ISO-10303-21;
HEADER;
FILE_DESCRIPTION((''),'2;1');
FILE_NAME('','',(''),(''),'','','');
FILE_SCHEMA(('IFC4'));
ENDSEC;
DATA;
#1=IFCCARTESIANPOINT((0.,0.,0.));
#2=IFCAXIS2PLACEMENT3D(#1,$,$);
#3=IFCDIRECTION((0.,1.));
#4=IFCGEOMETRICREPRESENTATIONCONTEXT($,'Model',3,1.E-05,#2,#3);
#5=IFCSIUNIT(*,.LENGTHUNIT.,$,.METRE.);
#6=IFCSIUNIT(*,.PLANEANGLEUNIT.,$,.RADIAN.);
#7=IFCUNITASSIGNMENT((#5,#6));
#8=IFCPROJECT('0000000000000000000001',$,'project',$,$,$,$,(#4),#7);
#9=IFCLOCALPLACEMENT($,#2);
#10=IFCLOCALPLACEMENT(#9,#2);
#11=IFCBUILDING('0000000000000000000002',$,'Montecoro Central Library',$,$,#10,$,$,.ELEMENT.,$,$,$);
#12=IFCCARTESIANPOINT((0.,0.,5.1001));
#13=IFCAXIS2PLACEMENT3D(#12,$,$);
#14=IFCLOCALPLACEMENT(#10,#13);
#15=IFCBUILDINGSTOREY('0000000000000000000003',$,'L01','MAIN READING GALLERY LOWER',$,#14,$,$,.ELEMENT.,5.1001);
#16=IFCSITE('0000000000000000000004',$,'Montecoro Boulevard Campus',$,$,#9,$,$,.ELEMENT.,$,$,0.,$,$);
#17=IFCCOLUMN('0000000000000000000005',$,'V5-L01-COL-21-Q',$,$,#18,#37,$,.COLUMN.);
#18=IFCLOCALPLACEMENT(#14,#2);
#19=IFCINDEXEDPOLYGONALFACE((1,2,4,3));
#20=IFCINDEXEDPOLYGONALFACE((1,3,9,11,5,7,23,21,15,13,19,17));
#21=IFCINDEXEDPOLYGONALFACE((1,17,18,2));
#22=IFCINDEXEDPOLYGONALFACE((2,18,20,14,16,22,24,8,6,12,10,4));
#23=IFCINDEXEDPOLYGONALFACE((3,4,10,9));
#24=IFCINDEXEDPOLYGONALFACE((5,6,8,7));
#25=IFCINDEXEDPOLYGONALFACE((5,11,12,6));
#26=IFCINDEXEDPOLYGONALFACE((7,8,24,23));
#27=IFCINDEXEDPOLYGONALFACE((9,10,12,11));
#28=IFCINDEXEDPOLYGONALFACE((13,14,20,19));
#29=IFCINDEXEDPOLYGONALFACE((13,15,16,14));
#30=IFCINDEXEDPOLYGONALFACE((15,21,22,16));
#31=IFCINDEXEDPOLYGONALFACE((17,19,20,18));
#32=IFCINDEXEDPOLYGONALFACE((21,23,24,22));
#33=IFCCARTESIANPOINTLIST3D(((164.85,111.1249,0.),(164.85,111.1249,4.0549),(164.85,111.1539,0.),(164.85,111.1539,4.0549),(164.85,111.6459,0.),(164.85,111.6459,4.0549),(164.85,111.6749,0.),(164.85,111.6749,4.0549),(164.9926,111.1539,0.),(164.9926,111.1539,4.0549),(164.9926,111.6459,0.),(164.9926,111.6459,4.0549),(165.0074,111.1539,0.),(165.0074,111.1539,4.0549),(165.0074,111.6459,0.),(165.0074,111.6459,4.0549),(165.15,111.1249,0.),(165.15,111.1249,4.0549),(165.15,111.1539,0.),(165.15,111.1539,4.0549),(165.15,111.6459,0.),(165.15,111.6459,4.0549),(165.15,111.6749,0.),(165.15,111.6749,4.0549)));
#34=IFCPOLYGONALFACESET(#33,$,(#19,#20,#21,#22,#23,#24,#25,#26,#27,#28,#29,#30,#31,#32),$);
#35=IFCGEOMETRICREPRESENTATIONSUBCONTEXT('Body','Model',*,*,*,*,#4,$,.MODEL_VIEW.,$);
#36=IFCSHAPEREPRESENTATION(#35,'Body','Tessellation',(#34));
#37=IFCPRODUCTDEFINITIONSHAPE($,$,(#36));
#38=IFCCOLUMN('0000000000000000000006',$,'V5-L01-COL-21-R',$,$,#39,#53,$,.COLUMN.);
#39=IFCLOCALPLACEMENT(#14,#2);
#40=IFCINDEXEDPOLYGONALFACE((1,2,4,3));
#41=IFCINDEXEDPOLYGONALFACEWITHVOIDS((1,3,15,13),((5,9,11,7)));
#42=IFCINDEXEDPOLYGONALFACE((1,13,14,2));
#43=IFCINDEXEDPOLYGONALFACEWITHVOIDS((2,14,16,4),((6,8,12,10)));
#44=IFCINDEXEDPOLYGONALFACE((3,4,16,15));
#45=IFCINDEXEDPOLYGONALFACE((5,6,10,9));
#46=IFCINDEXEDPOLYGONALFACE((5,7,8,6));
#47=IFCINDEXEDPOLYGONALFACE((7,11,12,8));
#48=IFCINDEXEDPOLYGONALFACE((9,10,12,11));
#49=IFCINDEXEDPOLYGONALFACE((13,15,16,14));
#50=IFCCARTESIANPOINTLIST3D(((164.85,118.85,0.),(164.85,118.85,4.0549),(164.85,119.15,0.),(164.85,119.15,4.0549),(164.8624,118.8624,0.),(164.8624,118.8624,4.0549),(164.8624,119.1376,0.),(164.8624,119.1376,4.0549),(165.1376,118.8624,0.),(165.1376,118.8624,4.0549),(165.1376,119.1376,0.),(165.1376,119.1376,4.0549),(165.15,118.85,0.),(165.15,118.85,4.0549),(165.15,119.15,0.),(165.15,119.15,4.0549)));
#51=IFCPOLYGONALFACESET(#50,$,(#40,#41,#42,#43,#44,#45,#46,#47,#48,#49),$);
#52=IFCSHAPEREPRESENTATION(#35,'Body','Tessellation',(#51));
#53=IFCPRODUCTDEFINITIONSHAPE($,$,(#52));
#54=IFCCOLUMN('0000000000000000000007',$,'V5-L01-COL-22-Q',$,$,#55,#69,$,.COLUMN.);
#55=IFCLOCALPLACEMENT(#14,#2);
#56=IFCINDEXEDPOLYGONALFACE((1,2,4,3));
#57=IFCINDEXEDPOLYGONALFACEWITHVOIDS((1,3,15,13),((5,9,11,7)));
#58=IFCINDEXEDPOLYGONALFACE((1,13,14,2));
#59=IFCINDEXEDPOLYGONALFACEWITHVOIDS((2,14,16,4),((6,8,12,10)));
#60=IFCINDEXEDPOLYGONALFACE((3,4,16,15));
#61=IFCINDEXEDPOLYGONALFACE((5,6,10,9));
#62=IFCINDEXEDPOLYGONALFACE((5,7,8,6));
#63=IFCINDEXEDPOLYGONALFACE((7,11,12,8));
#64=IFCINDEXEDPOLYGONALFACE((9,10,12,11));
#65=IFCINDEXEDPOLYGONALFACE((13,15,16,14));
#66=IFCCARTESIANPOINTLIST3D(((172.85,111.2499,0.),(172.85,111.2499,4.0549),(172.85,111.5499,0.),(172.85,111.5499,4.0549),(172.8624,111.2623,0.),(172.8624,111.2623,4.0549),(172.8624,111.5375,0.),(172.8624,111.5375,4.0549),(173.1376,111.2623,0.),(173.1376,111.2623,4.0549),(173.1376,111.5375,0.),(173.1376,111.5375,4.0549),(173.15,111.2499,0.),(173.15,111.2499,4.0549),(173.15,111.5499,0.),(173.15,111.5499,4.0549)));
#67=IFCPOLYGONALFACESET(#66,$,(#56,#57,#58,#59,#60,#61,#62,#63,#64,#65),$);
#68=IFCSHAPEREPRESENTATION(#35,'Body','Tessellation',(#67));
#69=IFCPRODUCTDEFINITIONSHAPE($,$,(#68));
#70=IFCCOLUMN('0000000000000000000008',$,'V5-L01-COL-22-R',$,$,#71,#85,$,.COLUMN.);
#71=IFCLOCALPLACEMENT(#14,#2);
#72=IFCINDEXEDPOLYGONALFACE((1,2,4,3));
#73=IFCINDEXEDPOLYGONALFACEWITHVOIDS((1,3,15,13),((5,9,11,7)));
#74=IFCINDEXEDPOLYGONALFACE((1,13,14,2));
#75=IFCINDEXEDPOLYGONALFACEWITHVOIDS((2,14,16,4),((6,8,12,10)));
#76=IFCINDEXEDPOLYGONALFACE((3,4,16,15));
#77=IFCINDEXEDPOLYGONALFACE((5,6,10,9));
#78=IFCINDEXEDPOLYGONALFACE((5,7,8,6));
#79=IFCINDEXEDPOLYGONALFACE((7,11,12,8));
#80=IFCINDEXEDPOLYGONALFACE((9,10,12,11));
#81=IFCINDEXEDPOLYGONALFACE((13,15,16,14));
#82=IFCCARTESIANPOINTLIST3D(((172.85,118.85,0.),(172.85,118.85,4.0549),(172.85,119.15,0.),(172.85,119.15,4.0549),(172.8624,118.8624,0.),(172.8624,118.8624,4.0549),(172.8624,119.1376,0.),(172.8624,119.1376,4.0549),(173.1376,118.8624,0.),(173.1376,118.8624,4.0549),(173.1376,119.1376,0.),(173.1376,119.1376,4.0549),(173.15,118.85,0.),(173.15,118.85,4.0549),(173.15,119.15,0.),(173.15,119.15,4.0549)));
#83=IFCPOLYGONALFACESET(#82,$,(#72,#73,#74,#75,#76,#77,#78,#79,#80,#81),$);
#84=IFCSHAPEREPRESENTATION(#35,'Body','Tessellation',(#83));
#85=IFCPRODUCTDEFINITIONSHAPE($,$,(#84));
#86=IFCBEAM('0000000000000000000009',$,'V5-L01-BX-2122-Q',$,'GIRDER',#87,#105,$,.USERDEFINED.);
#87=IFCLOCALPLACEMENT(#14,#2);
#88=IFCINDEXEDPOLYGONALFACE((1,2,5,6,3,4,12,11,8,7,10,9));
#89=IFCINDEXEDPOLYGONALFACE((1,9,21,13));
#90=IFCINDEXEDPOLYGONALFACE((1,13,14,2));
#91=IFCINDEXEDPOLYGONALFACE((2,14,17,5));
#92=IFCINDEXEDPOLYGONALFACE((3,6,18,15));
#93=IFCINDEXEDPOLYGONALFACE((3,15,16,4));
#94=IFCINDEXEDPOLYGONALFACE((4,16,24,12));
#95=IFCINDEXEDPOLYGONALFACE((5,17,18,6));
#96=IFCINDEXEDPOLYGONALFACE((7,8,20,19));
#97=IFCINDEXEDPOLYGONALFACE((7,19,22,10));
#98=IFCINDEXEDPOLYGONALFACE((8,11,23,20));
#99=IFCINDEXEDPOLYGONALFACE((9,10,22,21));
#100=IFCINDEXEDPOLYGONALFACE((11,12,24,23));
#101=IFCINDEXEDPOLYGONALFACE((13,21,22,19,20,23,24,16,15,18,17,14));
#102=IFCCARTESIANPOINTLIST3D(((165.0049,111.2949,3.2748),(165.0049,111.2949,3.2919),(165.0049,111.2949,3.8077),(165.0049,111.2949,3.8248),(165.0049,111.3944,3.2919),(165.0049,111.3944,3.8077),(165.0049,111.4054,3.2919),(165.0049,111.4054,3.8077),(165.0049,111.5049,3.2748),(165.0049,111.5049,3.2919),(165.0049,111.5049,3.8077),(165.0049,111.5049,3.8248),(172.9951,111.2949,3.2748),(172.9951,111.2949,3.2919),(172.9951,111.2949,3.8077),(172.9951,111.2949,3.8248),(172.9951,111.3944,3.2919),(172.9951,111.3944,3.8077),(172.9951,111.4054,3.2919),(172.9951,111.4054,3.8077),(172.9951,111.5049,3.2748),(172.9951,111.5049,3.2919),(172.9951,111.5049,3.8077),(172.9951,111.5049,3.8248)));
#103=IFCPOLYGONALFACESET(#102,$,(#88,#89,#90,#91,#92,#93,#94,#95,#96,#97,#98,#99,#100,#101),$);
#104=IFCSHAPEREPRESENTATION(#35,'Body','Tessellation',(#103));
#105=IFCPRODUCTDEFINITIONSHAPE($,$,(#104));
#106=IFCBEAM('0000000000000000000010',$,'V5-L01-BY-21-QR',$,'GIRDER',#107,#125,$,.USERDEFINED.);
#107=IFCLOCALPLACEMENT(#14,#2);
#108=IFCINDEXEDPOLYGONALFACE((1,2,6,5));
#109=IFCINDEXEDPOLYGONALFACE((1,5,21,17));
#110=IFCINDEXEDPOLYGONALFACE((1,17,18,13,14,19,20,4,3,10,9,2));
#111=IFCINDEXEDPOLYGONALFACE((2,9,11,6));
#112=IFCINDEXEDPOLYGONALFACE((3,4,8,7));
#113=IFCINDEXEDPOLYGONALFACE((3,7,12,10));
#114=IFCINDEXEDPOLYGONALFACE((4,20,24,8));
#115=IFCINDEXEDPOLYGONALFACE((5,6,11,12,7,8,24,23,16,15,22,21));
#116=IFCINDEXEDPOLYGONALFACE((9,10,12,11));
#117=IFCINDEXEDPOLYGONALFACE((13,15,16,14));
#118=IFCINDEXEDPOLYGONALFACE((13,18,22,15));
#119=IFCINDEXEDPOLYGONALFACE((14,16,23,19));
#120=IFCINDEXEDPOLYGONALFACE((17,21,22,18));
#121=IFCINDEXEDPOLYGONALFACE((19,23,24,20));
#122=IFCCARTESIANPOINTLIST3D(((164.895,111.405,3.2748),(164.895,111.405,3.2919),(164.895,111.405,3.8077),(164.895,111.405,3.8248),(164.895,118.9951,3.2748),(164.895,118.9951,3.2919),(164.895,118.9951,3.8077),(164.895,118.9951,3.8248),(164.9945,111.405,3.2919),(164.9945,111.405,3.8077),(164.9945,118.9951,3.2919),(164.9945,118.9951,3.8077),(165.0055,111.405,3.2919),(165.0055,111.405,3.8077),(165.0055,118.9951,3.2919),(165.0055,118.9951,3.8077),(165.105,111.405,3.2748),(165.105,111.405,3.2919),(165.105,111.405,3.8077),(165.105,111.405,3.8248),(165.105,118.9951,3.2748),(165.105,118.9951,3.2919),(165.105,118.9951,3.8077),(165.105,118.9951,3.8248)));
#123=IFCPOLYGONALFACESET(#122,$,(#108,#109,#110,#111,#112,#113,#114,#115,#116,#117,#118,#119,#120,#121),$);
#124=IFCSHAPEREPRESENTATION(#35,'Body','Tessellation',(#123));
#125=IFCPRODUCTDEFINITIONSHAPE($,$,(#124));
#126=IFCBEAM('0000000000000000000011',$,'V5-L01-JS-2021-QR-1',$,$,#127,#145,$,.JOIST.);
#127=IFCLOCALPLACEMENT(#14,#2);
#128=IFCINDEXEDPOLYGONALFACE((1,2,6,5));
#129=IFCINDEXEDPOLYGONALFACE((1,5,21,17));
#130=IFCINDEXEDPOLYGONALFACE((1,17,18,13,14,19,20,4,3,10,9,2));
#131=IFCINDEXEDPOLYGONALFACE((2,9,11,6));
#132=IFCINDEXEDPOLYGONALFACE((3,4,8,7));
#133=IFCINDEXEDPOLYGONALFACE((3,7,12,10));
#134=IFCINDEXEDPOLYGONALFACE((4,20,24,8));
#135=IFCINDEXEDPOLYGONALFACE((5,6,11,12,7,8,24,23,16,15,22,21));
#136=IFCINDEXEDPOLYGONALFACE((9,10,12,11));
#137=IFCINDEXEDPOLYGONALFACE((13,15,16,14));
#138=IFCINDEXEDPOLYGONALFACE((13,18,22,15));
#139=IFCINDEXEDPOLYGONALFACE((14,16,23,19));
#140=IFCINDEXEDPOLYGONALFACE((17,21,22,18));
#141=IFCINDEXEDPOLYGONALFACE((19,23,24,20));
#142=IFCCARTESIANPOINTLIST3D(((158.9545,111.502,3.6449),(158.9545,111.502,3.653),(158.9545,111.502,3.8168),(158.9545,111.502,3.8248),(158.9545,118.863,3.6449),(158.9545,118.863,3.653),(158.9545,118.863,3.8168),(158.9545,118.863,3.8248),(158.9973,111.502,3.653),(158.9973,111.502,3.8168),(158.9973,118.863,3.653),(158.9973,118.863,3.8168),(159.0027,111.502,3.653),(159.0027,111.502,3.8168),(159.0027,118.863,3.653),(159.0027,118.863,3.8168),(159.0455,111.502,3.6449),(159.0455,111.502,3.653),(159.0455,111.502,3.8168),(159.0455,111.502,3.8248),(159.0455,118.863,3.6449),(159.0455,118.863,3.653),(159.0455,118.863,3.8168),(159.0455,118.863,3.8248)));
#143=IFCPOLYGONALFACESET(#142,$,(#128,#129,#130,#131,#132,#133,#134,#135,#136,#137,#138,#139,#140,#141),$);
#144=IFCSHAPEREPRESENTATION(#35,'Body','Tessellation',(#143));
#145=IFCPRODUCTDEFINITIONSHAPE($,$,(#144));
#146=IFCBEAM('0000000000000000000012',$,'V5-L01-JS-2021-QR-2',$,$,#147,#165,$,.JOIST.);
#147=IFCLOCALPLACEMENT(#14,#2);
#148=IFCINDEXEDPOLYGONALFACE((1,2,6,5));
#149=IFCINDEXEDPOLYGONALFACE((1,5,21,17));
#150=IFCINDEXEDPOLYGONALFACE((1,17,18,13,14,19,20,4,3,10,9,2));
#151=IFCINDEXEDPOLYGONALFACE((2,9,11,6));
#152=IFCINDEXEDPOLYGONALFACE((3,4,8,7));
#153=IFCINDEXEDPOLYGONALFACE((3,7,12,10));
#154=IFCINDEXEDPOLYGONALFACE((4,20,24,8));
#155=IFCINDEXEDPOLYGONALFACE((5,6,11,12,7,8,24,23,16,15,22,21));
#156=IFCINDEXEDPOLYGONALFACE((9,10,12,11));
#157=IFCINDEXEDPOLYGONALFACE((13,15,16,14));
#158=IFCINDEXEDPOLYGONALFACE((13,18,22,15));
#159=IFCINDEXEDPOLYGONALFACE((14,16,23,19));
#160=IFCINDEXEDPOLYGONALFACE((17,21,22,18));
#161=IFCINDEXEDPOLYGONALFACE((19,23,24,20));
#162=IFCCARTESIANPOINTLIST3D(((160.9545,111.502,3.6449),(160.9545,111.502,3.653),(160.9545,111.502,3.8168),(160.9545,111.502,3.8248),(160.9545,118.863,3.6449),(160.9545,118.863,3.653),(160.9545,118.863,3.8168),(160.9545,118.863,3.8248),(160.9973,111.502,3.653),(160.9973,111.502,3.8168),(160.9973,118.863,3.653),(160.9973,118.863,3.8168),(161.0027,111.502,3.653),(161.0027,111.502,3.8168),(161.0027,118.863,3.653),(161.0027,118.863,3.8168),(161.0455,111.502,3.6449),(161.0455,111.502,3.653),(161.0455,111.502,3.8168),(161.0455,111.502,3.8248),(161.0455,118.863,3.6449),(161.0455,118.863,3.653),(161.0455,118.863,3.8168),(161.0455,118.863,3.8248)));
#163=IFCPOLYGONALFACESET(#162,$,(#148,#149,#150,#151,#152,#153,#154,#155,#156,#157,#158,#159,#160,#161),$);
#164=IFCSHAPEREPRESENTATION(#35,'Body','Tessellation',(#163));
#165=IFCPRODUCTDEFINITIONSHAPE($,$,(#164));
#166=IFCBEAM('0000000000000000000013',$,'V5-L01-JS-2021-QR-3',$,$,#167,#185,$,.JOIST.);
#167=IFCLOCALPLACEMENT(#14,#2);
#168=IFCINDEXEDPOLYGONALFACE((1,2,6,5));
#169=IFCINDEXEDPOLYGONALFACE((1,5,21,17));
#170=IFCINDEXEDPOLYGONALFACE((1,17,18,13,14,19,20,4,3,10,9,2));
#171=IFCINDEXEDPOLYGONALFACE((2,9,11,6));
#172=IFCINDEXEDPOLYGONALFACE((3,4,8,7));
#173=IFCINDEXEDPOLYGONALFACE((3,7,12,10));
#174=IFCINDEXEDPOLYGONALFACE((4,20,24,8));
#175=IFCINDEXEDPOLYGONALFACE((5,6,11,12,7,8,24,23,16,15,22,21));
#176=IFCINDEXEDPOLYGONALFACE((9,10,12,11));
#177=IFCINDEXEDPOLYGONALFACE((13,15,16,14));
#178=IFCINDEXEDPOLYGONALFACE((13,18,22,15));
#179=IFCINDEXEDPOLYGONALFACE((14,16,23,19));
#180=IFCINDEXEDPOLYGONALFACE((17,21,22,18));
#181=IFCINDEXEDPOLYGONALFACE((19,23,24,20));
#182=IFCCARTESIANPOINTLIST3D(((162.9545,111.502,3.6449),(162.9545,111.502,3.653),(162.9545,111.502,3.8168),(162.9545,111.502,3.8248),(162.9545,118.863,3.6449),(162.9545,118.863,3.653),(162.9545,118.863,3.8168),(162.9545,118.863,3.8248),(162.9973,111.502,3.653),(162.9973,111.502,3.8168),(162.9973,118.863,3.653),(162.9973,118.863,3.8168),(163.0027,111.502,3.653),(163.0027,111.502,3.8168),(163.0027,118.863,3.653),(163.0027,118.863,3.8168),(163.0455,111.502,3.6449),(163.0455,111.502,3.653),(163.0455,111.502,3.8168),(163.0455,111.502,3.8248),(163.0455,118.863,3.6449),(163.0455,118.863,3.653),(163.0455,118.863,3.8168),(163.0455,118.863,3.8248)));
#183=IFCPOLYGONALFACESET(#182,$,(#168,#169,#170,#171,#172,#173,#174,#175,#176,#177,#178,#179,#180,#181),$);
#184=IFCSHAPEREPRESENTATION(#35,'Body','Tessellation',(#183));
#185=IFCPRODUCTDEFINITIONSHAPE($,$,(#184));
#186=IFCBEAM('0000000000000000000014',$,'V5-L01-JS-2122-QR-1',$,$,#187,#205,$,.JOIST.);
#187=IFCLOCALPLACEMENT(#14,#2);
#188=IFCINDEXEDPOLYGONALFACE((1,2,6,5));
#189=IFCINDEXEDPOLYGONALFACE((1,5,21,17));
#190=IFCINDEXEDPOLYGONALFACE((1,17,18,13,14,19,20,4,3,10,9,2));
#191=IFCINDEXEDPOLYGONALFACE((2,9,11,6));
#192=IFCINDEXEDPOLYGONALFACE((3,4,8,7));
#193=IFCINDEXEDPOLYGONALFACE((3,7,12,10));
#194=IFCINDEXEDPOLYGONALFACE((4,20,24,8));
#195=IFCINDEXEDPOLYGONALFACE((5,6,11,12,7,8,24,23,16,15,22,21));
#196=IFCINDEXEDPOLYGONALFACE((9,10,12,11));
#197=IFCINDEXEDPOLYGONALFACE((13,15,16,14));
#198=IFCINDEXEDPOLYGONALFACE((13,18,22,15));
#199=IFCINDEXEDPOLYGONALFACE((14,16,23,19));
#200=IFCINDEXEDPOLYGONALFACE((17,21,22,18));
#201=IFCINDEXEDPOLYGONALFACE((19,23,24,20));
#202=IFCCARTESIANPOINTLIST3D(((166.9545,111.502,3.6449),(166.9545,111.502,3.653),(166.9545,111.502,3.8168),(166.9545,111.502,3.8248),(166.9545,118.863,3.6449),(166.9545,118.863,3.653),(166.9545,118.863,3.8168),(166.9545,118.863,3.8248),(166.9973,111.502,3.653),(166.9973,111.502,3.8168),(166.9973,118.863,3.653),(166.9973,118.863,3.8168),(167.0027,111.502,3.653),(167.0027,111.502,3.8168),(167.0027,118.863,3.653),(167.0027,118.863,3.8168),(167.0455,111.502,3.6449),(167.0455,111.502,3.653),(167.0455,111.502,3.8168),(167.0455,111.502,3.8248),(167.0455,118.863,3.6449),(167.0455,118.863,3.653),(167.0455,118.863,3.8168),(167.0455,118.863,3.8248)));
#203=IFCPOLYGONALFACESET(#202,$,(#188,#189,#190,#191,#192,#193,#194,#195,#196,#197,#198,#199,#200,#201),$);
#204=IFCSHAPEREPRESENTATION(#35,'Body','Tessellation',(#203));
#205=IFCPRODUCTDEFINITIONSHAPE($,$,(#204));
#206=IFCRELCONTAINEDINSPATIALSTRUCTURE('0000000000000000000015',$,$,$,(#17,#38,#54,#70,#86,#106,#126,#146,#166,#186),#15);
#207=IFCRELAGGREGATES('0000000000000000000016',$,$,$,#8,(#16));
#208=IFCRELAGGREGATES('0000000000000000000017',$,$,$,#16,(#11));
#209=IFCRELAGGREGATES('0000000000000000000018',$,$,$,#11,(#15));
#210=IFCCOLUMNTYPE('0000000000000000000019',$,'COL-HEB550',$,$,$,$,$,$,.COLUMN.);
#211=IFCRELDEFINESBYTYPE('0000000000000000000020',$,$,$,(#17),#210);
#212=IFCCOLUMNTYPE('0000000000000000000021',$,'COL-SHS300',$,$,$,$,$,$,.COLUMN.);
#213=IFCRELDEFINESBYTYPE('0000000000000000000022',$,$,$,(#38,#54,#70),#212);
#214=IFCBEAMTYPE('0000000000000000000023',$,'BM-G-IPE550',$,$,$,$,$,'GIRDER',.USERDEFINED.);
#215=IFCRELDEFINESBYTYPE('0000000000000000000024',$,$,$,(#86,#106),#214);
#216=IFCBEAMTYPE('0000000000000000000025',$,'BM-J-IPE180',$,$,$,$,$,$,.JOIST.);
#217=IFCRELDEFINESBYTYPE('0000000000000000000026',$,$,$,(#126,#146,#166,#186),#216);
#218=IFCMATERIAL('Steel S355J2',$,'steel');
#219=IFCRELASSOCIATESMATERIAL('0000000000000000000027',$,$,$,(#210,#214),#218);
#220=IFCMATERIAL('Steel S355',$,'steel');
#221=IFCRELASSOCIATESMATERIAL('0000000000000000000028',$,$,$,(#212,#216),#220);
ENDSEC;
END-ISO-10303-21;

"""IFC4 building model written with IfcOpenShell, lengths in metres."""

from ifc_helpers import new_model, si_unit, direction, frame, origin, origin_2d, place, context, subcontext, project, spatial, hollow_rectangle, i_section, extrude, material, material_profile, profile_set, type_object, element, save


model = new_model("IFC4")

# Units and contexts
model_context = context("Model", 3, precision=1e-05, world=origin(), true_north=direction((0.0, 1.0)))
body_context = subcontext(model_context, "Body", "Model", "MODEL_VIEW")
ifc_project = project(units=[si_unit("LENGTHUNIT", "METRE"), si_unit("PLANEANGLEUNIT", "RADIAN")], contexts=[model_context])

# Site, building, storey
site_placement = place(None, origin())
site = spatial("IfcSite", under=ifc_project, at=site_placement, Name="Montecoro Boulevard Campus", CompositionType="ELEMENT", RefElevation=0.0)
building_placement = place(site_placement, origin())
building = spatial("IfcBuilding", under=site, at=building_placement, Name="Montecoro Central Library", CompositionType="ELEMENT")
storey_placement = place(building_placement, frame((0.0, 0.0, 5.1001)))
storey = spatial("IfcBuildingStorey", under=building, at=storey_placement, Name="L01", Description="MAIN READING GALLERY LOWER", CompositionType="ELEMENT", Elevation=5.1001)

# Columns
ifc_material_1 = material(Name="Steel S355J2", Category="steel")
ifc_material_profile_1 = material_profile(ifc_material_1, i_section(OverallWidth=0.3, OverallDepth=0.55, WebThickness=0.0149, FlangeThickness=0.0291, at=origin_2d()), Name="HEB 550")
ifc_profile_set_1 = profile_set([ifc_material_profile_1], Name="Steel S355J2")
column_type_1 = type_object("IfcColumnType", Name="COL-HEB550", PredefinedType="COLUMN", material=ifc_profile_set_1)
column_placement = place(storey_placement, frame((165.0, 111.3999, 0.0), z_axis=(0.0, 0.0, 1.0), x_axis=(1.0, 0.0, 0.0)))
element("IfcColumn", 1, at=column_placement, inside=storey, type_object=column_type_1, Name="V5-L01-COL-21-Q", PredefinedType="COLUMN", context=body_context, shape_type="SweptSolid", body=[
    extrude(i_section(OverallWidth=0.3, OverallDepth=0.55, WebThickness=0.0149, FlangeThickness=0.0291, at=origin_2d()), origin(), (0.0, 0.0, 1.0), 4.0549),
])
ifc_material_2 = material(Name="Steel S355", Category="steel")
ifc_material_profile_2 = material_profile(ifc_material_2, hollow_rectangle(XDim=0.3, YDim=0.3, WallThickness=0.0125, at=origin_2d()), Name="SHS 300x300x12.5")
ifc_profile_set_2 = profile_set([ifc_material_profile_2], Name="Steel S355")
column_type_2 = type_object("IfcColumnType", Name="COL-SHS300", PredefinedType="COLUMN", material=ifc_profile_set_2)
for number, where, z_axis, x_axis, name in (
    (2, (165.0, 119.0, 0.0), (0.0, 0.0, 1.0), (1.0, 0.0, 0.0), "V5-L01-COL-21-R"),
    (3, (173.0, 111.3999, 0.0), (0.0, 0.0, 1.0), (1.0, 0.0, 0.0), "V5-L01-COL-22-Q"),
    (4, (173.0, 119.0, 0.0), (0.0, 0.0, 1.0), (1.0, 0.0, 0.0), "V5-L01-COL-22-R"),
):
    element("IfcColumn", number, at=place(storey_placement, frame(where, z_axis=z_axis, x_axis=x_axis)), inside=storey, type_object=column_type_2, Name=name, PredefinedType="COLUMN", context=body_context, shape_type="SweptSolid", body=[
        extrude(hollow_rectangle(XDim=0.3, YDim=0.3, WallThickness=0.0125, at=origin_2d()), origin(), (0.0, 0.0, 1.0), 4.0549),
    ])

# Beams
ifc_material_profile_3 = material_profile(ifc_material_1, i_section(OverallWidth=0.21, OverallDepth=0.55, WebThickness=0.011, FlangeThickness=0.0171, at=origin_2d()), Name="IPE 550")
ifc_profile_set_3 = profile_set([ifc_material_profile_3], Name="Steel S355J2")
beam_type_1 = type_object("IfcBeamType", Name="BM-G-IPE550", ElementType="GIRDER", PredefinedType="USERDEFINED", material=ifc_profile_set_3)
beam_1_placement = place(storey_placement, frame((165.0049, 111.3999, 3.5498), z_axis=(1.0, 0.0, 0.0), x_axis=(0.0, 1.0, 0.0)))
element("IfcBeam", 5, at=beam_1_placement, inside=storey, type_object=beam_type_1, Name="V5-L01-BX-2122-Q", ObjectType="GIRDER", PredefinedType="USERDEFINED", context=body_context, shape_type="SweptSolid", body=[
    extrude(i_section(OverallWidth=0.21, OverallDepth=0.55, WebThickness=0.011, FlangeThickness=0.0171, at=origin_2d()), origin(), (0.0, 0.0, 1.0), 7.9902),
])
beam_2_placement = place(storey_placement, frame((165.0, 111.405, 3.5498), z_axis=(0.0, 1.0, 0.0), x_axis=(-1.0, 0.0, 0.0)))
element("IfcBeam", 6, at=beam_2_placement, inside=storey, type_object=beam_type_1, Name="V5-L01-BY-21-QR", ObjectType="GIRDER", PredefinedType="USERDEFINED", context=body_context, shape_type="SweptSolid", body=[
    extrude(i_section(OverallWidth=0.21, OverallDepth=0.55, WebThickness=0.011, FlangeThickness=0.0171, at=origin_2d()), origin(), (0.0, 0.0, 1.0), 7.5901),
])
ifc_material_profile_4 = material_profile(ifc_material_2, i_section(OverallWidth=0.0911, OverallDepth=0.1799, WebThickness=0.0054, FlangeThickness=0.0081, at=origin_2d()), Name="IPE 180")
ifc_profile_set_4 = profile_set([ifc_material_profile_4], Name="Steel S355")
beam_type_2 = type_object("IfcBeamType", Name="BM-J-IPE180", PredefinedType="JOIST", material=ifc_profile_set_4)
for number, where, z_axis, x_axis, name in (
    (7, (159.0, 111.502, 3.7349), (0.0, 1.0, 0.0), (-1.0, 0.0, 0.0), "V5-L01-JS-2021-QR-1"),
    (8, (161.0, 111.502, 3.7349), (0.0, 1.0, 0.0), (-1.0, 0.0, 0.0), "V5-L01-JS-2021-QR-2"),
    (9, (163.0, 111.502, 3.7349), (0.0, 1.0, 0.0), (-1.0, 0.0, 0.0), "V5-L01-JS-2021-QR-3"),
    (10, (167.0, 111.502, 3.7349), (0.0, 1.0, 0.0), (-1.0, 0.0, 0.0), "V5-L01-JS-2122-QR-1"),
):
    element("IfcBeam", number, at=place(storey_placement, frame(where, z_axis=z_axis, x_axis=x_axis)), inside=storey, type_object=beam_type_2, Name=name, PredefinedType="JOIST", context=body_context, shape_type="SweptSolid", body=[
        extrude(i_section(OverallWidth=0.0911, OverallDepth=0.1799, WebThickness=0.0054, FlangeThickness=0.0081, at=origin_2d()), origin(), (0.0, 0.0, 1.0), 7.3611),
    ])

save(model, "model.ifc")
